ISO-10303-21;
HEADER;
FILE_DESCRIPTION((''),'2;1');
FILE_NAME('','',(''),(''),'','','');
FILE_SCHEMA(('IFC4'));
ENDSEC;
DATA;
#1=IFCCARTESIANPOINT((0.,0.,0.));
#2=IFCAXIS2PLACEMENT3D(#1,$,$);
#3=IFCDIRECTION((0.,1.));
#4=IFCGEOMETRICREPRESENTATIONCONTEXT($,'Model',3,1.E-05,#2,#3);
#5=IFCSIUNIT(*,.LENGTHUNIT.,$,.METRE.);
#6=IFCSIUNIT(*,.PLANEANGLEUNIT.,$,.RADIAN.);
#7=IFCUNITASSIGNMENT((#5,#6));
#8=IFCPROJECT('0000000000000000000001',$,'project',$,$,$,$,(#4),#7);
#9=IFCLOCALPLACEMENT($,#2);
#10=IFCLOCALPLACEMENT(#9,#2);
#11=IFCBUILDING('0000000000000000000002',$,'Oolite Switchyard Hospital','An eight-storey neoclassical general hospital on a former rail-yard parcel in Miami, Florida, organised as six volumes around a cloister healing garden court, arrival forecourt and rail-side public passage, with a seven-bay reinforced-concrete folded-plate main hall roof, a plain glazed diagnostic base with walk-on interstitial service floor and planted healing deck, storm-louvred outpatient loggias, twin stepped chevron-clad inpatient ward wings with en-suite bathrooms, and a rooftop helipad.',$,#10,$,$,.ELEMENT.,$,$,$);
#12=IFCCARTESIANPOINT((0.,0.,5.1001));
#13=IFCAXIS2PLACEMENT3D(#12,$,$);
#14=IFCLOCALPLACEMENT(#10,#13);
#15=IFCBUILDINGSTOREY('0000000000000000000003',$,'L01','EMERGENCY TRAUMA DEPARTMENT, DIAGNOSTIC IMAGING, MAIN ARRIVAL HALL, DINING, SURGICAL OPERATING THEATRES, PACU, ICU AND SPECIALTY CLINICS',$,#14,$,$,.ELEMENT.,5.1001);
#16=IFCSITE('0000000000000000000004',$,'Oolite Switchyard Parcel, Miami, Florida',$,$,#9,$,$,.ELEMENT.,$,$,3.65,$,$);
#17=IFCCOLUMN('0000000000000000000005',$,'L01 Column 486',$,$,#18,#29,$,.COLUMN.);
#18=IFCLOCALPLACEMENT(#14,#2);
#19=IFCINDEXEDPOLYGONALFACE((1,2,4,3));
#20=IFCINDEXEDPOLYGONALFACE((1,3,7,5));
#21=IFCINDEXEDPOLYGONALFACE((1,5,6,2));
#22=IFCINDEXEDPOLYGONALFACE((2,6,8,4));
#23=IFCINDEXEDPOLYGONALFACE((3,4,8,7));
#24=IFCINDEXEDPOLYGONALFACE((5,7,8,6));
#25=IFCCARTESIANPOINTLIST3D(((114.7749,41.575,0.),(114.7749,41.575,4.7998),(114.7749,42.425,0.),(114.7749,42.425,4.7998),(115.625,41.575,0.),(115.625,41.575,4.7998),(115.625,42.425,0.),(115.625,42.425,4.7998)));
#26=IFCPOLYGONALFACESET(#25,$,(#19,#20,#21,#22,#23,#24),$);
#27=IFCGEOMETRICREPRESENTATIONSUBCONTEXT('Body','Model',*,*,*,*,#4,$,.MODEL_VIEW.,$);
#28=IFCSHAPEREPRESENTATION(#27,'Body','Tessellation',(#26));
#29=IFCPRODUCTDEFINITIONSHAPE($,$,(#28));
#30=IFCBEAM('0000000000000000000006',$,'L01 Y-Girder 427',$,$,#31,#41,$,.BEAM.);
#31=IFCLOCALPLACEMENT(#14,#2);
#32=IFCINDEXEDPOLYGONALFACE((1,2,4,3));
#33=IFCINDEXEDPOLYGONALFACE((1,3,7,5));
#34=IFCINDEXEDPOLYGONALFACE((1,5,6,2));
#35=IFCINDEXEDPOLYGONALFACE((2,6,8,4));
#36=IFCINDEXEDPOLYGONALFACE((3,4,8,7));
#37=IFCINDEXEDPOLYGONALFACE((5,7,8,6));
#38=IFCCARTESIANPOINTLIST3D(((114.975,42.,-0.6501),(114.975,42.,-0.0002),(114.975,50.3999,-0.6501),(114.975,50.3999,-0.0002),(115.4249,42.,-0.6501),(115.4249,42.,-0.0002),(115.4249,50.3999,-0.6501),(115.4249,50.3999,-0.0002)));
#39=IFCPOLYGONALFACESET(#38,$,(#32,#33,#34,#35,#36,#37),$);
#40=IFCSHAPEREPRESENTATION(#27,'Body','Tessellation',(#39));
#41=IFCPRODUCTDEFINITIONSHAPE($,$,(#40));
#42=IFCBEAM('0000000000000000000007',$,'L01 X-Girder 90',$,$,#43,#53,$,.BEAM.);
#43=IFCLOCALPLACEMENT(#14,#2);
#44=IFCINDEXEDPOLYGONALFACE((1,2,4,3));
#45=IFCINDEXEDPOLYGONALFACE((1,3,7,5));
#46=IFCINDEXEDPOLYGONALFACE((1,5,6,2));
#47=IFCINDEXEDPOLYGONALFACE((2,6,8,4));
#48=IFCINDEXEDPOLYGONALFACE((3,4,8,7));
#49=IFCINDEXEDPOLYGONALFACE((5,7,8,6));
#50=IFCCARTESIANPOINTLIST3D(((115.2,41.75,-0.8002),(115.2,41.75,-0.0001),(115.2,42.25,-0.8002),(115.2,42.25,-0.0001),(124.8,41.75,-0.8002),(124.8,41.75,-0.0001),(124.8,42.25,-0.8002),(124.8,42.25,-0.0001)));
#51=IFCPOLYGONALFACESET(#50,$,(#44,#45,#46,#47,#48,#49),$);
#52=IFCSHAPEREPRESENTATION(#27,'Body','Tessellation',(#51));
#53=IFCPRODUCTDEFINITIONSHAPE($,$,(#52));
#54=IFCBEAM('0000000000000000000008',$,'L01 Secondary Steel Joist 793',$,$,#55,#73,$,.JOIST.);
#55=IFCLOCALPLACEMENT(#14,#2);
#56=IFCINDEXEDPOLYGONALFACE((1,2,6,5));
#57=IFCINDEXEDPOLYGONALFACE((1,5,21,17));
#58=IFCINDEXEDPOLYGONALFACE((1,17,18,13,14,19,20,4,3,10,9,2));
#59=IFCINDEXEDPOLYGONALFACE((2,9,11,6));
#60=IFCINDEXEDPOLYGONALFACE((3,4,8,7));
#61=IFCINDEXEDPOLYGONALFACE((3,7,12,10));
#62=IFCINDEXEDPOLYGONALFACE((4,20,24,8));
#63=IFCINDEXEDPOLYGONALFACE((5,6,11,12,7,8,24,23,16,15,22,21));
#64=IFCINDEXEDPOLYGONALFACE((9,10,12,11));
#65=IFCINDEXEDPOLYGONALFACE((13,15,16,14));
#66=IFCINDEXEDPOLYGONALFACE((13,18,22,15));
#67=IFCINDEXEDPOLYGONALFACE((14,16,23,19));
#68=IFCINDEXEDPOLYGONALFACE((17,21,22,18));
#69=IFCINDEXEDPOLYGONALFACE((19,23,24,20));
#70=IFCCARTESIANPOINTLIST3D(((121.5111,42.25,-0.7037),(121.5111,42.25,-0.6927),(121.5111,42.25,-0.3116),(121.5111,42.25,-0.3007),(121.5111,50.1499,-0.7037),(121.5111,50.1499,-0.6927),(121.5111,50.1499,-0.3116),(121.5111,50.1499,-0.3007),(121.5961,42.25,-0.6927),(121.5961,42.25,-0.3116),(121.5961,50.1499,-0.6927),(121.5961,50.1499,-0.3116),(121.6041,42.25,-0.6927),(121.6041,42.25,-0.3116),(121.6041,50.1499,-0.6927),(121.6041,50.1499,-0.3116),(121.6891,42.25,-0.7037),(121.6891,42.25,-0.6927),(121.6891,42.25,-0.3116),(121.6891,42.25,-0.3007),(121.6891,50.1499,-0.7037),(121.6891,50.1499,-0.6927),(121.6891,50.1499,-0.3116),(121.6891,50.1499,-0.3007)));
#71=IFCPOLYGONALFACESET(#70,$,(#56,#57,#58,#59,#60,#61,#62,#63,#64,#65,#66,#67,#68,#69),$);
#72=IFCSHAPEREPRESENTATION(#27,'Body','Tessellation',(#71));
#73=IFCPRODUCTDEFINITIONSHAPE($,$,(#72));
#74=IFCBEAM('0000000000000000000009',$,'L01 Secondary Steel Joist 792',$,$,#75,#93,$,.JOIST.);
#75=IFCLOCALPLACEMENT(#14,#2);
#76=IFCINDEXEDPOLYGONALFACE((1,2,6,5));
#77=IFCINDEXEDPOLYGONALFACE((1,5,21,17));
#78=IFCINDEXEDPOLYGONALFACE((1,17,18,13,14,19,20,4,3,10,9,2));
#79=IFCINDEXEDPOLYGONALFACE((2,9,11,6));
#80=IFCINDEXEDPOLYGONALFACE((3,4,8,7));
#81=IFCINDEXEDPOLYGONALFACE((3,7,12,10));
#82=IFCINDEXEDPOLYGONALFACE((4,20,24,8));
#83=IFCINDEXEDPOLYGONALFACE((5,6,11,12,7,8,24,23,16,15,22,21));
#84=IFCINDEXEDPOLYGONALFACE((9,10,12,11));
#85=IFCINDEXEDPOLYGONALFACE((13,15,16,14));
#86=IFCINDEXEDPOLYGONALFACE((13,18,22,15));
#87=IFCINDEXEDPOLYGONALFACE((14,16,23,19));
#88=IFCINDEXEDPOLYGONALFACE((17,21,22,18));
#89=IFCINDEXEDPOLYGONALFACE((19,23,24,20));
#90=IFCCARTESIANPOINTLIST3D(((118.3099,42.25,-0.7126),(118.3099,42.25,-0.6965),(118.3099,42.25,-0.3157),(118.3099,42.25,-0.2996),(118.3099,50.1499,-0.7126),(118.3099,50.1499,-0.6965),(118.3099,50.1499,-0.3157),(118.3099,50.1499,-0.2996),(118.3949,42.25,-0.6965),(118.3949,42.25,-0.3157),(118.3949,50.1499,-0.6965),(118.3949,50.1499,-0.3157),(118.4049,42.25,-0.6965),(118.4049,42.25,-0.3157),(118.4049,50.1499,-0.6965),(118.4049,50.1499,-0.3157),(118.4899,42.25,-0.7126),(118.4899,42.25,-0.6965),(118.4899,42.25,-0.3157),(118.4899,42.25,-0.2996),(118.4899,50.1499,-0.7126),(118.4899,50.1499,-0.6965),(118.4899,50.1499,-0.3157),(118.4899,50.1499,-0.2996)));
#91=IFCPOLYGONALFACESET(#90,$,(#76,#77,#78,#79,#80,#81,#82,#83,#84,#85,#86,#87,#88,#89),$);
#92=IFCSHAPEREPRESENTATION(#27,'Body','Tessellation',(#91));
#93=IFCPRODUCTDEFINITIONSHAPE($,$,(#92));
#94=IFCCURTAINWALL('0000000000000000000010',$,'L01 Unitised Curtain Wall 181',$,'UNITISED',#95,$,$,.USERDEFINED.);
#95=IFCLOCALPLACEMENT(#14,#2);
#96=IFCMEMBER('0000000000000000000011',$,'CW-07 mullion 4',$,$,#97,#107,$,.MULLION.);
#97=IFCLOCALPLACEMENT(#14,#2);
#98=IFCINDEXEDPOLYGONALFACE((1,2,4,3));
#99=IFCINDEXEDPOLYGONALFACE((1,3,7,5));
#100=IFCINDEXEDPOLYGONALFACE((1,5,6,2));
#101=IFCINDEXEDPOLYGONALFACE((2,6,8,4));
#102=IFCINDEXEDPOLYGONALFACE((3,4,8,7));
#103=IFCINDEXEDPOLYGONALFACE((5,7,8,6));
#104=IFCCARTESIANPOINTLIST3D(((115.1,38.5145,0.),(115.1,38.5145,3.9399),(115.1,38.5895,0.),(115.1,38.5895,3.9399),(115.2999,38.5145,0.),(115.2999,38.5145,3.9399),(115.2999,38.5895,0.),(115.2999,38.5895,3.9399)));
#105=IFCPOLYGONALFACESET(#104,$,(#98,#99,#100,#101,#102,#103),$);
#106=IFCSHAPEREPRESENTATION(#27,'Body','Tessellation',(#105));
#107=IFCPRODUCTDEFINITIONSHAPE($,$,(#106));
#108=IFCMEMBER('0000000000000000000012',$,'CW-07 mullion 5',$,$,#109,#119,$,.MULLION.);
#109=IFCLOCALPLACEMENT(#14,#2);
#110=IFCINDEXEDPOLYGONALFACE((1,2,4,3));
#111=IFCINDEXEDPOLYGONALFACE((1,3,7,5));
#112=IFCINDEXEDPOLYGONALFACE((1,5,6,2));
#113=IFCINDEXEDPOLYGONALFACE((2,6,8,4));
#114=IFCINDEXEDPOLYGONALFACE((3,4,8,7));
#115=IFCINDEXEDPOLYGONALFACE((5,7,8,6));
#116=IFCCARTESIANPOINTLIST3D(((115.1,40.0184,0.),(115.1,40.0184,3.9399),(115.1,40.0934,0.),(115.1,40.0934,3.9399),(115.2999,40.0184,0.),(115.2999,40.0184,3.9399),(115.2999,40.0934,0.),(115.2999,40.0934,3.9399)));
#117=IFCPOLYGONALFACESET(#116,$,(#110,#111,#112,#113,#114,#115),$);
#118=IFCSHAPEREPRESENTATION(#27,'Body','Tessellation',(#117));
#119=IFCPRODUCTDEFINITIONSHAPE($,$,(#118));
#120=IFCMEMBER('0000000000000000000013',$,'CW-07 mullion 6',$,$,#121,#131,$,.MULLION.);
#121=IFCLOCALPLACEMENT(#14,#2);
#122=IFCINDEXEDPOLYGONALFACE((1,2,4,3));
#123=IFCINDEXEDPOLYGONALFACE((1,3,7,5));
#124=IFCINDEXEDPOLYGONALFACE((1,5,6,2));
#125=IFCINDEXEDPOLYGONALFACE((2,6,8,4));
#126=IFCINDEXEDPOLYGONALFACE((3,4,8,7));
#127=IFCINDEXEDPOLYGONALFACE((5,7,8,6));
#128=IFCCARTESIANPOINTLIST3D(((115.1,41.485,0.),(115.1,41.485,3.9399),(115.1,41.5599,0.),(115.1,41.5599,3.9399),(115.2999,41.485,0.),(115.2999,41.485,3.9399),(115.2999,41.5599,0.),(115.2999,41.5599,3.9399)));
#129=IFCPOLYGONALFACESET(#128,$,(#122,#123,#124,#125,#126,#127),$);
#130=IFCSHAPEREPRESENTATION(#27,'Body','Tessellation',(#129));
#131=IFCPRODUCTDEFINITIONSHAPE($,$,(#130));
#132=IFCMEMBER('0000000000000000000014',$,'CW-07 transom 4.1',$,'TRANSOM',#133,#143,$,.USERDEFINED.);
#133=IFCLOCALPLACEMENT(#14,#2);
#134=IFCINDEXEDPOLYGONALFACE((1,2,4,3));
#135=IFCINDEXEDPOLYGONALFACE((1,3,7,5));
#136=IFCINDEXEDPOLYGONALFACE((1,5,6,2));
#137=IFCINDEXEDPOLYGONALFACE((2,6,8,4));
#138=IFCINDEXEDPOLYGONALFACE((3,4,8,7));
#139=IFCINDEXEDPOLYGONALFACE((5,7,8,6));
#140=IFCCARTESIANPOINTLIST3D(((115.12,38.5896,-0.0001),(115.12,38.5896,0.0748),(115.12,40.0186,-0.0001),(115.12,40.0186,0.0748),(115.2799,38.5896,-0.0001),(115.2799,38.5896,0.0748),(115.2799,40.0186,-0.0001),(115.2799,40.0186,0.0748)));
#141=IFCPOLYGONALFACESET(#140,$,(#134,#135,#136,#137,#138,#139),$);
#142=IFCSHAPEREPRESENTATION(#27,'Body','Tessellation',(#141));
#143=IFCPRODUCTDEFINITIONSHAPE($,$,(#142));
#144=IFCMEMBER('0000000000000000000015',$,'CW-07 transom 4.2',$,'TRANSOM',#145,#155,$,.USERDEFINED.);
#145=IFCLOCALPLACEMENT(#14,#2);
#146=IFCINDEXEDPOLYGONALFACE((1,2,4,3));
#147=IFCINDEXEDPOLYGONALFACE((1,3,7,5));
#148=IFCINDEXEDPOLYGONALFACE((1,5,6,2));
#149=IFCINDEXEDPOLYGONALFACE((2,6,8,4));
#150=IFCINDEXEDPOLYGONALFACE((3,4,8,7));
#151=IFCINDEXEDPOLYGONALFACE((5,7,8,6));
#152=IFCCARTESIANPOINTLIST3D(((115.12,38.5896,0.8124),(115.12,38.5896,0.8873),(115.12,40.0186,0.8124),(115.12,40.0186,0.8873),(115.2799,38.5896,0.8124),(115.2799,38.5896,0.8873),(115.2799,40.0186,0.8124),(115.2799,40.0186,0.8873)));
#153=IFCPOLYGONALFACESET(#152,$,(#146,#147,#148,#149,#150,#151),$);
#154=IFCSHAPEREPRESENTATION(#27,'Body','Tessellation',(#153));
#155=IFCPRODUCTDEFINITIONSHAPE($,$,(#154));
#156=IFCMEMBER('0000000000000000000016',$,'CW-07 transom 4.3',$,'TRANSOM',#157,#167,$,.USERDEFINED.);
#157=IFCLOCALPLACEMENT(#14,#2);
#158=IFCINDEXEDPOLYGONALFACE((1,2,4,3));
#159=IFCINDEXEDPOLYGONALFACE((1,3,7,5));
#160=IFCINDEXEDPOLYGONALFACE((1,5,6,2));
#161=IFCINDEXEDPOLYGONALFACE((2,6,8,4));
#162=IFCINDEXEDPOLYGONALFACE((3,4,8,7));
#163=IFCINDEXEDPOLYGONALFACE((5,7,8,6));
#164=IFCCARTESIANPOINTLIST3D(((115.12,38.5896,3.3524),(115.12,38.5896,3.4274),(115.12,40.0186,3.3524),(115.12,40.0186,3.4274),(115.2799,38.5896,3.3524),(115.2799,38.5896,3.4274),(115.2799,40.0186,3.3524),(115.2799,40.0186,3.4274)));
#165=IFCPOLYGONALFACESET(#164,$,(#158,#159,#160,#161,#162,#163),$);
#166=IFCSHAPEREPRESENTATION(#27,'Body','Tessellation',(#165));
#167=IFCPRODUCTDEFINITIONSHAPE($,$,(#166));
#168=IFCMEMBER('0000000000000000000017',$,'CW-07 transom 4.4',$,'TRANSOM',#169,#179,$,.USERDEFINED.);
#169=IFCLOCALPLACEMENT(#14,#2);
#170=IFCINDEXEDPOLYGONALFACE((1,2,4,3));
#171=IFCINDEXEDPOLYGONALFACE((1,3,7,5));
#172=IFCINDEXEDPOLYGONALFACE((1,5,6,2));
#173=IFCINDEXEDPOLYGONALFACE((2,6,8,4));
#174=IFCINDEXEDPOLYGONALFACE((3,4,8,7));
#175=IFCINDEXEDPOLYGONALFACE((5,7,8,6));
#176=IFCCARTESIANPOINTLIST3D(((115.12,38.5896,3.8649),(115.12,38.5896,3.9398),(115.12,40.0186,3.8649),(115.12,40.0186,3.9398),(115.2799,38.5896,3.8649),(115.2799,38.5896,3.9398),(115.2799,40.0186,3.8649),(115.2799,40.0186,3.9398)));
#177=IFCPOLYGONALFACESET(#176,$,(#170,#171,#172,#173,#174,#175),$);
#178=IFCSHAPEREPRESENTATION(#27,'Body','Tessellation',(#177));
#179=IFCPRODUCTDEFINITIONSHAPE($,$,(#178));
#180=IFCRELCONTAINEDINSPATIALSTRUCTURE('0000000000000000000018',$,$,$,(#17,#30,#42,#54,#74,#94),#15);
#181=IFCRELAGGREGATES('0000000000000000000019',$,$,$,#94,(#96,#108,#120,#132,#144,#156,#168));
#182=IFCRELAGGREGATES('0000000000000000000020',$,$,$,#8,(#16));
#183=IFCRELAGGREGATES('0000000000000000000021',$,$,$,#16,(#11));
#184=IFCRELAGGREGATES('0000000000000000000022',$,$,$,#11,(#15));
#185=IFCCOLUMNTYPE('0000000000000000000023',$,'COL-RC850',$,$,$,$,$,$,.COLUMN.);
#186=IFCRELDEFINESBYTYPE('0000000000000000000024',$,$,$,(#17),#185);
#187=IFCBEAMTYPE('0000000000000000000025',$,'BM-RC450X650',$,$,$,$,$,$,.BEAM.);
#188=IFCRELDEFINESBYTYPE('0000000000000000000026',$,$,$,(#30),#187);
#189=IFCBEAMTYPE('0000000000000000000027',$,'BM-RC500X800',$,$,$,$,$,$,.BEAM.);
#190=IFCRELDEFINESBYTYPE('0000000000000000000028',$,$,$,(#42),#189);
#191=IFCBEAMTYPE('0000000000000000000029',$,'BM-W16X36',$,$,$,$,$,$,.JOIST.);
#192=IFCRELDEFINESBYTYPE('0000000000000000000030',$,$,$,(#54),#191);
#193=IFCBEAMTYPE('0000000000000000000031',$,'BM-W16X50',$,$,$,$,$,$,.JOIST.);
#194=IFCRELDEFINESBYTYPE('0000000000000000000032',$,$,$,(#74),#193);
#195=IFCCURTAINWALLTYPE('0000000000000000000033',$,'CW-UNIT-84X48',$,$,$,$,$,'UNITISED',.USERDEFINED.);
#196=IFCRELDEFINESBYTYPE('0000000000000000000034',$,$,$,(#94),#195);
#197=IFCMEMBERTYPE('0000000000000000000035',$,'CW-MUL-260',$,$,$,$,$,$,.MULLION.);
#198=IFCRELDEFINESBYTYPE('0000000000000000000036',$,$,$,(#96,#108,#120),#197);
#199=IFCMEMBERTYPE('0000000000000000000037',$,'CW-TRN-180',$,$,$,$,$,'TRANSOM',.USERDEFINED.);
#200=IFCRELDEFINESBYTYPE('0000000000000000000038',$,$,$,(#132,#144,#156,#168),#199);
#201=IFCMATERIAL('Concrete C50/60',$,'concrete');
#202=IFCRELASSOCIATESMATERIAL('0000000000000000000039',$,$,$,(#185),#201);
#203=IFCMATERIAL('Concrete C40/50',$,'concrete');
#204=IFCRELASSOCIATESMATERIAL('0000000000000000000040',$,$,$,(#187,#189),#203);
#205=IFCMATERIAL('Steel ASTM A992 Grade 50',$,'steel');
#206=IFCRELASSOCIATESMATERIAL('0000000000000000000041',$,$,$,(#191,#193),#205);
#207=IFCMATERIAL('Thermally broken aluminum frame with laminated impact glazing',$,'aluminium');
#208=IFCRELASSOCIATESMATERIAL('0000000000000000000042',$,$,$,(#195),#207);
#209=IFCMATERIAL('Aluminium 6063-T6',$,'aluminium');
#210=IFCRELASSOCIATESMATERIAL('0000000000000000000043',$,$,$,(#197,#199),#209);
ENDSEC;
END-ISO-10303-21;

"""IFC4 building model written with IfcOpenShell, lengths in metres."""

from ifc_helpers import new_model, si_unit, direction, frame, origin, origin_2d, place, context, subcontext, project, spatial, rectangle, i_section, extrude, material, material_profile, profile_set, type_object, element, aggregate, save


model = new_model("IFC4")

# Units and contexts
model_context = context("Model", 3, precision=1e-05, world=origin(), true_north=direction((0.0, 1.0)))
body_context = subcontext(model_context, "Body", "Model", "MODEL_VIEW")
ifc_project = project(units=[si_unit("LENGTHUNIT", "METRE"), si_unit("PLANEANGLEUNIT", "RADIAN")], contexts=[model_context])

# Site, building, storey
site_placement = place(None, origin())
site = spatial("IfcSite", under=ifc_project, at=site_placement, Name="Oolite Switchyard Parcel, Miami, Florida", CompositionType="ELEMENT", RefElevation=3.65)
building_placement = place(site_placement, origin())
building = spatial("IfcBuilding", under=site, at=building_placement, Name="Oolite Switchyard Hospital", Description="An eight-storey neoclassical general hospital on a former rail-yard parcel in Miami, Florida, organised as six volumes around a cloister healing garden court, arrival forecourt and rail-side public passage, with a seven-bay reinforced-concrete folded-plate main hall roof, a plain glazed diagnostic base with walk-on interstitial service floor and planted healing deck, storm-louvred outpatient loggias, twin stepped chevron-clad inpatient ward wings with en-suite bathrooms, and a rooftop helipad.", CompositionType="ELEMENT")
storey_placement = place(building_placement, frame((0.0, 0.0, 5.1001)))
storey = spatial("IfcBuildingStorey", under=building, at=storey_placement, Name="L01", Description="EMERGENCY TRAUMA DEPARTMENT, DIAGNOSTIC IMAGING, MAIN ARRIVAL HALL, DINING, SURGICAL OPERATING THEATRES, PACU, ICU AND SPECIALTY CLINICS", CompositionType="ELEMENT", Elevation=5.1001)

# Column
ifc_material_1 = material(Name="Concrete C50/60", Category="concrete")
ifc_material_profile_1 = material_profile(ifc_material_1, rectangle(XDim=0.8501, YDim=0.8501, at=origin_2d()), Name="RC850X850")
ifc_profile_set_1 = profile_set([ifc_material_profile_1], Name="Concrete C50/60")
column_type = type_object("IfcColumnType", Name="COL-RC850", PredefinedType="COLUMN", material=ifc_profile_set_1)
column_placement = place(storey_placement, frame((115.2, 42.0, 0.0), z_axis=(0.0, 0.0, 1.0), x_axis=(1.0, 0.0, 0.0)))
element("IfcColumn", 1, at=column_placement, inside=storey, type_object=column_type, Name="L01 Column 486", PredefinedType="COLUMN", context=body_context, shape_type="SweptSolid", body=[
    extrude(rectangle(XDim=0.8501, YDim=0.8501, at=origin_2d()), origin(), (0.0, 0.0, 1.0), 4.7998),
])

# Beams
ifc_material_2 = material(Name="Concrete C40/50", Category="concrete")
ifc_material_profile_2 = material_profile(ifc_material_2, rectangle(XDim=0.45, YDim=0.6499, at=origin_2d()), Name="RCB450X650")
ifc_profile_set_2 = profile_set([ifc_material_profile_2], Name="Concrete C40/50")
beam_type_1 = type_object("IfcBeamType", Name="BM-RC450X650", PredefinedType="BEAM", material=ifc_profile_set_2)
beam_1_placement = place(storey_placement, frame((115.2, 42.0, -0.3252), z_axis=(0.0, 1.0, 0.0), x_axis=(-1.0, 0.0, 0.0)))
element("IfcBeam", 2, at=beam_1_placement, inside=storey, type_object=beam_type_1, Name="L01 Y-Girder 427", PredefinedType="BEAM", context=body_context, shape_type="SweptSolid", body=[
    extrude(rectangle(XDim=0.45, YDim=0.6499, at=origin_2d()), origin(), (0.0, 0.0, 1.0), 8.3999),
])
ifc_material_profile_3 = material_profile(ifc_material_2, rectangle(XDim=0.5, YDim=0.8, at=origin_2d()), Name="RCB500X800")
ifc_profile_set_3 = profile_set([ifc_material_profile_3], Name="Concrete C40/50")
beam_type_2 = type_object("IfcBeamType", Name="BM-RC500X800", PredefinedType="BEAM", material=ifc_profile_set_3)
beam_2_placement = place(storey_placement, frame((115.2, 42.0, -0.4001), z_axis=(1.0, 0.0, 0.0), x_axis=(0.0, 1.0, 0.0)))
element("IfcBeam", 3, at=beam_2_placement, inside=storey, type_object=beam_type_2, Name="L01 X-Girder 90", PredefinedType="BEAM", context=body_context, shape_type="SweptSolid", body=[
    extrude(rectangle(XDim=0.5, YDim=0.8, at=origin_2d()), origin(), (0.0, 0.0, 1.0), 9.6001),
])
ifc_material_3 = material(Name="Steel ASTM A992 Grade 50", Category="steel")
ifc_material_profile_4 = material_profile(ifc_material_3, i_section(OverallWidth=0.178, OverallDepth=0.4031, WebThickness=0.0081, FlangeThickness=0.011, at=origin_2d()), Name="W16X36")
ifc_profile_set_4 = profile_set([ifc_material_profile_4], Name="Steel ASTM A992 Grade 50")
beam_type_3 = type_object("IfcBeamType", Name="BM-W16X36", PredefinedType="JOIST", material=ifc_profile_set_4)
beam_3_placement = place(storey_placement, frame((121.6001, 42.25, -0.5022), z_axis=(0.0, 1.0, 0.0), x_axis=(-1.0, 0.0, 0.0)))
element("IfcBeam", 4, at=beam_3_placement, inside=storey, type_object=beam_type_3, Name="L01 Secondary Steel Joist 793", PredefinedType="JOIST", context=body_context, shape_type="SweptSolid", body=[
    extrude(i_section(OverallWidth=0.178, OverallDepth=0.4031, WebThickness=0.0081, FlangeThickness=0.011, at=origin_2d()), origin(), (0.0, 0.0, 1.0), 7.8999),
])
ifc_material_profile_5 = material_profile(ifc_material_3, i_section(OverallWidth=0.1799, OverallDepth=0.4131, WebThickness=0.01, FlangeThickness=0.0161, at=origin_2d()), Name="W16X50")
ifc_profile_set_5 = profile_set([ifc_material_profile_5], Name="Steel ASTM A992 Grade 50")
beam_type_4 = type_object("IfcBeamType", Name="BM-W16X50", PredefinedType="JOIST", material=ifc_profile_set_5)
beam_4_placement = place(storey_placement, frame((118.3999, 42.25, -0.5061), z_axis=(0.0, 1.0, 0.0), x_axis=(-1.0, 0.0, 0.0)))
element("IfcBeam", 5, at=beam_4_placement, inside=storey, type_object=beam_type_4, Name="L01 Secondary Steel Joist 792", PredefinedType="JOIST", context=body_context, shape_type="SweptSolid", body=[
    extrude(i_section(OverallWidth=0.1799, OverallDepth=0.4131, WebThickness=0.01, FlangeThickness=0.0161, at=origin_2d()), origin(), (0.0, 0.0, 1.0), 7.8999),
])

# Curtain wall, members
ifc_material_4 = material(Name="Thermally broken aluminum frame with laminated impact glazing", Category="aluminium")
curtain_wall_type = type_object("IfcCurtainWallType", Name="CW-UNIT-84X48", ElementType="UNITISED", PredefinedType="USERDEFINED", material=ifc_material_4)
curtain_wall_placement = place(storey_placement, origin())
curtain_wall = element("IfcCurtainWall", 6, at=curtain_wall_placement, inside=storey, type_object=curtain_wall_type, Name="L01 Unitised Curtain Wall 181", ObjectType="UNITISED", PredefinedType="USERDEFINED")
ifc_material_5 = material(Name="Aluminium 6063-T6", Category="aluminium")
ifc_material_profile_6 = material_profile(ifc_material_5, rectangle(XDim=0.2, YDim=0.075, at=origin_2d()), Name="CWM75X200")
ifc_profile_set_6 = profile_set([ifc_material_profile_6], Name="Aluminium 6063-T6")
member_type_1 = type_object("IfcMemberType", Name="CW-MUL-260", PredefinedType="MULLION", material=ifc_profile_set_6)
member_1_placement = place(storey_placement, frame((115.2, 38.552, 0.0), z_axis=(0.0, 0.0, 1.0), x_axis=(-1.0, 0.0, 0.0)))
member_1 = element("IfcMember", 7, at=member_1_placement, type_object=member_type_1, Name="CW-07 mullion 4", PredefinedType="MULLION", context=body_context, shape_type="SweptSolid", body=[
    extrude(rectangle(XDim=0.2, YDim=0.075, at=origin_2d()), origin(), (0.0, 0.0, 1.0), 3.9399),
])
member_2_placement = place(storey_placement, frame((115.2, 40.0559, 0.0), z_axis=(0.0, 0.0, 1.0), x_axis=(-1.0, 0.0, 0.0)))
member_2 = element("IfcMember", 8, at=member_2_placement, type_object=member_type_1, Name="CW-07 mullion 5", PredefinedType="MULLION", context=body_context, shape_type="SweptSolid", body=[
    extrude(rectangle(XDim=0.2, YDim=0.075, at=origin_2d()), origin(), (0.0, 0.0, 1.0), 3.9399),
])
member_3_placement = place(storey_placement, frame((115.2, 41.5225, 0.0), z_axis=(0.0, 0.0, 1.0), x_axis=(-1.0, 0.0, 0.0)))
member_3 = element("IfcMember", 9, at=member_3_placement, type_object=member_type_1, Name="CW-07 mullion 6", PredefinedType="MULLION", context=body_context, shape_type="SweptSolid", body=[
    extrude(rectangle(XDim=0.2, YDim=0.075, at=origin_2d()), origin(), (0.0, 0.0, 1.0), 3.9399),
])
ifc_material_profile_7 = material_profile(ifc_material_5, rectangle(XDim=0.1599, YDim=0.075, at=origin_2d()), Name="CWT75X160")
ifc_profile_set_7 = profile_set([ifc_material_profile_7], Name="Aluminium 6063-T6")
member_type_2 = type_object("IfcMemberType", Name="CW-TRN-180", ElementType="TRANSOM", PredefinedType="USERDEFINED", material=ifc_profile_set_7)
member_4_placement = place(storey_placement, frame((115.2, 38.5896, 0.0374), z_axis=(0.0, 1.0, 0.0), x_axis=(-1.0, 0.0, 0.0)))
member_4 = element("IfcMember", 10, at=member_4_placement, type_object=member_type_2, Name="CW-07 transom 4.1", ObjectType="TRANSOM", PredefinedType="USERDEFINED", context=body_context, shape_type="SweptSolid", body=[
    extrude(rectangle(XDim=0.1599, YDim=0.075, at=origin_2d()), origin(), (0.0, 0.0, 1.0), 1.429),
])
member_5_placement = place(storey_placement, frame((115.2, 38.5896, 0.8499), z_axis=(0.0, 1.0, 0.0), x_axis=(-1.0, 0.0, 0.0)))
member_5 = element("IfcMember", 11, at=member_5_placement, type_object=member_type_2, Name="CW-07 transom 4.2", ObjectType="TRANSOM", PredefinedType="USERDEFINED", context=body_context, shape_type="SweptSolid", body=[
    extrude(rectangle(XDim=0.1599, YDim=0.075, at=origin_2d()), origin(), (0.0, 0.0, 1.0), 1.429),
])
member_6_placement = place(storey_placement, frame((115.2, 38.5896, 3.3899), z_axis=(0.0, 1.0, 0.0), x_axis=(-1.0, 0.0, 0.0)))
member_6 = element("IfcMember", 12, at=member_6_placement, type_object=member_type_2, Name="CW-07 transom 4.3", ObjectType="TRANSOM", PredefinedType="USERDEFINED", context=body_context, shape_type="SweptSolid", body=[
    extrude(rectangle(XDim=0.1599, YDim=0.075, at=origin_2d()), origin(), (0.0, 0.0, 1.0), 1.429),
])
member_7_placement = place(storey_placement, frame((115.2, 38.5896, 3.9023), z_axis=(0.0, 1.0, 0.0), x_axis=(-1.0, 0.0, 0.0)))
member_7 = element("IfcMember", 13, at=member_7_placement, type_object=member_type_2, Name="CW-07 transom 4.4", ObjectType="TRANSOM", PredefinedType="USERDEFINED", context=body_context, shape_type="SweptSolid", body=[
    extrude(rectangle(XDim=0.1599, YDim=0.075, at=origin_2d()), origin(), (0.0, 0.0, 1.0), 1.429),
])
aggregate(curtain_wall, [member_1, member_2, member_3, member_4, member_5, member_6, member_7])

save(model, "model.ifc")
